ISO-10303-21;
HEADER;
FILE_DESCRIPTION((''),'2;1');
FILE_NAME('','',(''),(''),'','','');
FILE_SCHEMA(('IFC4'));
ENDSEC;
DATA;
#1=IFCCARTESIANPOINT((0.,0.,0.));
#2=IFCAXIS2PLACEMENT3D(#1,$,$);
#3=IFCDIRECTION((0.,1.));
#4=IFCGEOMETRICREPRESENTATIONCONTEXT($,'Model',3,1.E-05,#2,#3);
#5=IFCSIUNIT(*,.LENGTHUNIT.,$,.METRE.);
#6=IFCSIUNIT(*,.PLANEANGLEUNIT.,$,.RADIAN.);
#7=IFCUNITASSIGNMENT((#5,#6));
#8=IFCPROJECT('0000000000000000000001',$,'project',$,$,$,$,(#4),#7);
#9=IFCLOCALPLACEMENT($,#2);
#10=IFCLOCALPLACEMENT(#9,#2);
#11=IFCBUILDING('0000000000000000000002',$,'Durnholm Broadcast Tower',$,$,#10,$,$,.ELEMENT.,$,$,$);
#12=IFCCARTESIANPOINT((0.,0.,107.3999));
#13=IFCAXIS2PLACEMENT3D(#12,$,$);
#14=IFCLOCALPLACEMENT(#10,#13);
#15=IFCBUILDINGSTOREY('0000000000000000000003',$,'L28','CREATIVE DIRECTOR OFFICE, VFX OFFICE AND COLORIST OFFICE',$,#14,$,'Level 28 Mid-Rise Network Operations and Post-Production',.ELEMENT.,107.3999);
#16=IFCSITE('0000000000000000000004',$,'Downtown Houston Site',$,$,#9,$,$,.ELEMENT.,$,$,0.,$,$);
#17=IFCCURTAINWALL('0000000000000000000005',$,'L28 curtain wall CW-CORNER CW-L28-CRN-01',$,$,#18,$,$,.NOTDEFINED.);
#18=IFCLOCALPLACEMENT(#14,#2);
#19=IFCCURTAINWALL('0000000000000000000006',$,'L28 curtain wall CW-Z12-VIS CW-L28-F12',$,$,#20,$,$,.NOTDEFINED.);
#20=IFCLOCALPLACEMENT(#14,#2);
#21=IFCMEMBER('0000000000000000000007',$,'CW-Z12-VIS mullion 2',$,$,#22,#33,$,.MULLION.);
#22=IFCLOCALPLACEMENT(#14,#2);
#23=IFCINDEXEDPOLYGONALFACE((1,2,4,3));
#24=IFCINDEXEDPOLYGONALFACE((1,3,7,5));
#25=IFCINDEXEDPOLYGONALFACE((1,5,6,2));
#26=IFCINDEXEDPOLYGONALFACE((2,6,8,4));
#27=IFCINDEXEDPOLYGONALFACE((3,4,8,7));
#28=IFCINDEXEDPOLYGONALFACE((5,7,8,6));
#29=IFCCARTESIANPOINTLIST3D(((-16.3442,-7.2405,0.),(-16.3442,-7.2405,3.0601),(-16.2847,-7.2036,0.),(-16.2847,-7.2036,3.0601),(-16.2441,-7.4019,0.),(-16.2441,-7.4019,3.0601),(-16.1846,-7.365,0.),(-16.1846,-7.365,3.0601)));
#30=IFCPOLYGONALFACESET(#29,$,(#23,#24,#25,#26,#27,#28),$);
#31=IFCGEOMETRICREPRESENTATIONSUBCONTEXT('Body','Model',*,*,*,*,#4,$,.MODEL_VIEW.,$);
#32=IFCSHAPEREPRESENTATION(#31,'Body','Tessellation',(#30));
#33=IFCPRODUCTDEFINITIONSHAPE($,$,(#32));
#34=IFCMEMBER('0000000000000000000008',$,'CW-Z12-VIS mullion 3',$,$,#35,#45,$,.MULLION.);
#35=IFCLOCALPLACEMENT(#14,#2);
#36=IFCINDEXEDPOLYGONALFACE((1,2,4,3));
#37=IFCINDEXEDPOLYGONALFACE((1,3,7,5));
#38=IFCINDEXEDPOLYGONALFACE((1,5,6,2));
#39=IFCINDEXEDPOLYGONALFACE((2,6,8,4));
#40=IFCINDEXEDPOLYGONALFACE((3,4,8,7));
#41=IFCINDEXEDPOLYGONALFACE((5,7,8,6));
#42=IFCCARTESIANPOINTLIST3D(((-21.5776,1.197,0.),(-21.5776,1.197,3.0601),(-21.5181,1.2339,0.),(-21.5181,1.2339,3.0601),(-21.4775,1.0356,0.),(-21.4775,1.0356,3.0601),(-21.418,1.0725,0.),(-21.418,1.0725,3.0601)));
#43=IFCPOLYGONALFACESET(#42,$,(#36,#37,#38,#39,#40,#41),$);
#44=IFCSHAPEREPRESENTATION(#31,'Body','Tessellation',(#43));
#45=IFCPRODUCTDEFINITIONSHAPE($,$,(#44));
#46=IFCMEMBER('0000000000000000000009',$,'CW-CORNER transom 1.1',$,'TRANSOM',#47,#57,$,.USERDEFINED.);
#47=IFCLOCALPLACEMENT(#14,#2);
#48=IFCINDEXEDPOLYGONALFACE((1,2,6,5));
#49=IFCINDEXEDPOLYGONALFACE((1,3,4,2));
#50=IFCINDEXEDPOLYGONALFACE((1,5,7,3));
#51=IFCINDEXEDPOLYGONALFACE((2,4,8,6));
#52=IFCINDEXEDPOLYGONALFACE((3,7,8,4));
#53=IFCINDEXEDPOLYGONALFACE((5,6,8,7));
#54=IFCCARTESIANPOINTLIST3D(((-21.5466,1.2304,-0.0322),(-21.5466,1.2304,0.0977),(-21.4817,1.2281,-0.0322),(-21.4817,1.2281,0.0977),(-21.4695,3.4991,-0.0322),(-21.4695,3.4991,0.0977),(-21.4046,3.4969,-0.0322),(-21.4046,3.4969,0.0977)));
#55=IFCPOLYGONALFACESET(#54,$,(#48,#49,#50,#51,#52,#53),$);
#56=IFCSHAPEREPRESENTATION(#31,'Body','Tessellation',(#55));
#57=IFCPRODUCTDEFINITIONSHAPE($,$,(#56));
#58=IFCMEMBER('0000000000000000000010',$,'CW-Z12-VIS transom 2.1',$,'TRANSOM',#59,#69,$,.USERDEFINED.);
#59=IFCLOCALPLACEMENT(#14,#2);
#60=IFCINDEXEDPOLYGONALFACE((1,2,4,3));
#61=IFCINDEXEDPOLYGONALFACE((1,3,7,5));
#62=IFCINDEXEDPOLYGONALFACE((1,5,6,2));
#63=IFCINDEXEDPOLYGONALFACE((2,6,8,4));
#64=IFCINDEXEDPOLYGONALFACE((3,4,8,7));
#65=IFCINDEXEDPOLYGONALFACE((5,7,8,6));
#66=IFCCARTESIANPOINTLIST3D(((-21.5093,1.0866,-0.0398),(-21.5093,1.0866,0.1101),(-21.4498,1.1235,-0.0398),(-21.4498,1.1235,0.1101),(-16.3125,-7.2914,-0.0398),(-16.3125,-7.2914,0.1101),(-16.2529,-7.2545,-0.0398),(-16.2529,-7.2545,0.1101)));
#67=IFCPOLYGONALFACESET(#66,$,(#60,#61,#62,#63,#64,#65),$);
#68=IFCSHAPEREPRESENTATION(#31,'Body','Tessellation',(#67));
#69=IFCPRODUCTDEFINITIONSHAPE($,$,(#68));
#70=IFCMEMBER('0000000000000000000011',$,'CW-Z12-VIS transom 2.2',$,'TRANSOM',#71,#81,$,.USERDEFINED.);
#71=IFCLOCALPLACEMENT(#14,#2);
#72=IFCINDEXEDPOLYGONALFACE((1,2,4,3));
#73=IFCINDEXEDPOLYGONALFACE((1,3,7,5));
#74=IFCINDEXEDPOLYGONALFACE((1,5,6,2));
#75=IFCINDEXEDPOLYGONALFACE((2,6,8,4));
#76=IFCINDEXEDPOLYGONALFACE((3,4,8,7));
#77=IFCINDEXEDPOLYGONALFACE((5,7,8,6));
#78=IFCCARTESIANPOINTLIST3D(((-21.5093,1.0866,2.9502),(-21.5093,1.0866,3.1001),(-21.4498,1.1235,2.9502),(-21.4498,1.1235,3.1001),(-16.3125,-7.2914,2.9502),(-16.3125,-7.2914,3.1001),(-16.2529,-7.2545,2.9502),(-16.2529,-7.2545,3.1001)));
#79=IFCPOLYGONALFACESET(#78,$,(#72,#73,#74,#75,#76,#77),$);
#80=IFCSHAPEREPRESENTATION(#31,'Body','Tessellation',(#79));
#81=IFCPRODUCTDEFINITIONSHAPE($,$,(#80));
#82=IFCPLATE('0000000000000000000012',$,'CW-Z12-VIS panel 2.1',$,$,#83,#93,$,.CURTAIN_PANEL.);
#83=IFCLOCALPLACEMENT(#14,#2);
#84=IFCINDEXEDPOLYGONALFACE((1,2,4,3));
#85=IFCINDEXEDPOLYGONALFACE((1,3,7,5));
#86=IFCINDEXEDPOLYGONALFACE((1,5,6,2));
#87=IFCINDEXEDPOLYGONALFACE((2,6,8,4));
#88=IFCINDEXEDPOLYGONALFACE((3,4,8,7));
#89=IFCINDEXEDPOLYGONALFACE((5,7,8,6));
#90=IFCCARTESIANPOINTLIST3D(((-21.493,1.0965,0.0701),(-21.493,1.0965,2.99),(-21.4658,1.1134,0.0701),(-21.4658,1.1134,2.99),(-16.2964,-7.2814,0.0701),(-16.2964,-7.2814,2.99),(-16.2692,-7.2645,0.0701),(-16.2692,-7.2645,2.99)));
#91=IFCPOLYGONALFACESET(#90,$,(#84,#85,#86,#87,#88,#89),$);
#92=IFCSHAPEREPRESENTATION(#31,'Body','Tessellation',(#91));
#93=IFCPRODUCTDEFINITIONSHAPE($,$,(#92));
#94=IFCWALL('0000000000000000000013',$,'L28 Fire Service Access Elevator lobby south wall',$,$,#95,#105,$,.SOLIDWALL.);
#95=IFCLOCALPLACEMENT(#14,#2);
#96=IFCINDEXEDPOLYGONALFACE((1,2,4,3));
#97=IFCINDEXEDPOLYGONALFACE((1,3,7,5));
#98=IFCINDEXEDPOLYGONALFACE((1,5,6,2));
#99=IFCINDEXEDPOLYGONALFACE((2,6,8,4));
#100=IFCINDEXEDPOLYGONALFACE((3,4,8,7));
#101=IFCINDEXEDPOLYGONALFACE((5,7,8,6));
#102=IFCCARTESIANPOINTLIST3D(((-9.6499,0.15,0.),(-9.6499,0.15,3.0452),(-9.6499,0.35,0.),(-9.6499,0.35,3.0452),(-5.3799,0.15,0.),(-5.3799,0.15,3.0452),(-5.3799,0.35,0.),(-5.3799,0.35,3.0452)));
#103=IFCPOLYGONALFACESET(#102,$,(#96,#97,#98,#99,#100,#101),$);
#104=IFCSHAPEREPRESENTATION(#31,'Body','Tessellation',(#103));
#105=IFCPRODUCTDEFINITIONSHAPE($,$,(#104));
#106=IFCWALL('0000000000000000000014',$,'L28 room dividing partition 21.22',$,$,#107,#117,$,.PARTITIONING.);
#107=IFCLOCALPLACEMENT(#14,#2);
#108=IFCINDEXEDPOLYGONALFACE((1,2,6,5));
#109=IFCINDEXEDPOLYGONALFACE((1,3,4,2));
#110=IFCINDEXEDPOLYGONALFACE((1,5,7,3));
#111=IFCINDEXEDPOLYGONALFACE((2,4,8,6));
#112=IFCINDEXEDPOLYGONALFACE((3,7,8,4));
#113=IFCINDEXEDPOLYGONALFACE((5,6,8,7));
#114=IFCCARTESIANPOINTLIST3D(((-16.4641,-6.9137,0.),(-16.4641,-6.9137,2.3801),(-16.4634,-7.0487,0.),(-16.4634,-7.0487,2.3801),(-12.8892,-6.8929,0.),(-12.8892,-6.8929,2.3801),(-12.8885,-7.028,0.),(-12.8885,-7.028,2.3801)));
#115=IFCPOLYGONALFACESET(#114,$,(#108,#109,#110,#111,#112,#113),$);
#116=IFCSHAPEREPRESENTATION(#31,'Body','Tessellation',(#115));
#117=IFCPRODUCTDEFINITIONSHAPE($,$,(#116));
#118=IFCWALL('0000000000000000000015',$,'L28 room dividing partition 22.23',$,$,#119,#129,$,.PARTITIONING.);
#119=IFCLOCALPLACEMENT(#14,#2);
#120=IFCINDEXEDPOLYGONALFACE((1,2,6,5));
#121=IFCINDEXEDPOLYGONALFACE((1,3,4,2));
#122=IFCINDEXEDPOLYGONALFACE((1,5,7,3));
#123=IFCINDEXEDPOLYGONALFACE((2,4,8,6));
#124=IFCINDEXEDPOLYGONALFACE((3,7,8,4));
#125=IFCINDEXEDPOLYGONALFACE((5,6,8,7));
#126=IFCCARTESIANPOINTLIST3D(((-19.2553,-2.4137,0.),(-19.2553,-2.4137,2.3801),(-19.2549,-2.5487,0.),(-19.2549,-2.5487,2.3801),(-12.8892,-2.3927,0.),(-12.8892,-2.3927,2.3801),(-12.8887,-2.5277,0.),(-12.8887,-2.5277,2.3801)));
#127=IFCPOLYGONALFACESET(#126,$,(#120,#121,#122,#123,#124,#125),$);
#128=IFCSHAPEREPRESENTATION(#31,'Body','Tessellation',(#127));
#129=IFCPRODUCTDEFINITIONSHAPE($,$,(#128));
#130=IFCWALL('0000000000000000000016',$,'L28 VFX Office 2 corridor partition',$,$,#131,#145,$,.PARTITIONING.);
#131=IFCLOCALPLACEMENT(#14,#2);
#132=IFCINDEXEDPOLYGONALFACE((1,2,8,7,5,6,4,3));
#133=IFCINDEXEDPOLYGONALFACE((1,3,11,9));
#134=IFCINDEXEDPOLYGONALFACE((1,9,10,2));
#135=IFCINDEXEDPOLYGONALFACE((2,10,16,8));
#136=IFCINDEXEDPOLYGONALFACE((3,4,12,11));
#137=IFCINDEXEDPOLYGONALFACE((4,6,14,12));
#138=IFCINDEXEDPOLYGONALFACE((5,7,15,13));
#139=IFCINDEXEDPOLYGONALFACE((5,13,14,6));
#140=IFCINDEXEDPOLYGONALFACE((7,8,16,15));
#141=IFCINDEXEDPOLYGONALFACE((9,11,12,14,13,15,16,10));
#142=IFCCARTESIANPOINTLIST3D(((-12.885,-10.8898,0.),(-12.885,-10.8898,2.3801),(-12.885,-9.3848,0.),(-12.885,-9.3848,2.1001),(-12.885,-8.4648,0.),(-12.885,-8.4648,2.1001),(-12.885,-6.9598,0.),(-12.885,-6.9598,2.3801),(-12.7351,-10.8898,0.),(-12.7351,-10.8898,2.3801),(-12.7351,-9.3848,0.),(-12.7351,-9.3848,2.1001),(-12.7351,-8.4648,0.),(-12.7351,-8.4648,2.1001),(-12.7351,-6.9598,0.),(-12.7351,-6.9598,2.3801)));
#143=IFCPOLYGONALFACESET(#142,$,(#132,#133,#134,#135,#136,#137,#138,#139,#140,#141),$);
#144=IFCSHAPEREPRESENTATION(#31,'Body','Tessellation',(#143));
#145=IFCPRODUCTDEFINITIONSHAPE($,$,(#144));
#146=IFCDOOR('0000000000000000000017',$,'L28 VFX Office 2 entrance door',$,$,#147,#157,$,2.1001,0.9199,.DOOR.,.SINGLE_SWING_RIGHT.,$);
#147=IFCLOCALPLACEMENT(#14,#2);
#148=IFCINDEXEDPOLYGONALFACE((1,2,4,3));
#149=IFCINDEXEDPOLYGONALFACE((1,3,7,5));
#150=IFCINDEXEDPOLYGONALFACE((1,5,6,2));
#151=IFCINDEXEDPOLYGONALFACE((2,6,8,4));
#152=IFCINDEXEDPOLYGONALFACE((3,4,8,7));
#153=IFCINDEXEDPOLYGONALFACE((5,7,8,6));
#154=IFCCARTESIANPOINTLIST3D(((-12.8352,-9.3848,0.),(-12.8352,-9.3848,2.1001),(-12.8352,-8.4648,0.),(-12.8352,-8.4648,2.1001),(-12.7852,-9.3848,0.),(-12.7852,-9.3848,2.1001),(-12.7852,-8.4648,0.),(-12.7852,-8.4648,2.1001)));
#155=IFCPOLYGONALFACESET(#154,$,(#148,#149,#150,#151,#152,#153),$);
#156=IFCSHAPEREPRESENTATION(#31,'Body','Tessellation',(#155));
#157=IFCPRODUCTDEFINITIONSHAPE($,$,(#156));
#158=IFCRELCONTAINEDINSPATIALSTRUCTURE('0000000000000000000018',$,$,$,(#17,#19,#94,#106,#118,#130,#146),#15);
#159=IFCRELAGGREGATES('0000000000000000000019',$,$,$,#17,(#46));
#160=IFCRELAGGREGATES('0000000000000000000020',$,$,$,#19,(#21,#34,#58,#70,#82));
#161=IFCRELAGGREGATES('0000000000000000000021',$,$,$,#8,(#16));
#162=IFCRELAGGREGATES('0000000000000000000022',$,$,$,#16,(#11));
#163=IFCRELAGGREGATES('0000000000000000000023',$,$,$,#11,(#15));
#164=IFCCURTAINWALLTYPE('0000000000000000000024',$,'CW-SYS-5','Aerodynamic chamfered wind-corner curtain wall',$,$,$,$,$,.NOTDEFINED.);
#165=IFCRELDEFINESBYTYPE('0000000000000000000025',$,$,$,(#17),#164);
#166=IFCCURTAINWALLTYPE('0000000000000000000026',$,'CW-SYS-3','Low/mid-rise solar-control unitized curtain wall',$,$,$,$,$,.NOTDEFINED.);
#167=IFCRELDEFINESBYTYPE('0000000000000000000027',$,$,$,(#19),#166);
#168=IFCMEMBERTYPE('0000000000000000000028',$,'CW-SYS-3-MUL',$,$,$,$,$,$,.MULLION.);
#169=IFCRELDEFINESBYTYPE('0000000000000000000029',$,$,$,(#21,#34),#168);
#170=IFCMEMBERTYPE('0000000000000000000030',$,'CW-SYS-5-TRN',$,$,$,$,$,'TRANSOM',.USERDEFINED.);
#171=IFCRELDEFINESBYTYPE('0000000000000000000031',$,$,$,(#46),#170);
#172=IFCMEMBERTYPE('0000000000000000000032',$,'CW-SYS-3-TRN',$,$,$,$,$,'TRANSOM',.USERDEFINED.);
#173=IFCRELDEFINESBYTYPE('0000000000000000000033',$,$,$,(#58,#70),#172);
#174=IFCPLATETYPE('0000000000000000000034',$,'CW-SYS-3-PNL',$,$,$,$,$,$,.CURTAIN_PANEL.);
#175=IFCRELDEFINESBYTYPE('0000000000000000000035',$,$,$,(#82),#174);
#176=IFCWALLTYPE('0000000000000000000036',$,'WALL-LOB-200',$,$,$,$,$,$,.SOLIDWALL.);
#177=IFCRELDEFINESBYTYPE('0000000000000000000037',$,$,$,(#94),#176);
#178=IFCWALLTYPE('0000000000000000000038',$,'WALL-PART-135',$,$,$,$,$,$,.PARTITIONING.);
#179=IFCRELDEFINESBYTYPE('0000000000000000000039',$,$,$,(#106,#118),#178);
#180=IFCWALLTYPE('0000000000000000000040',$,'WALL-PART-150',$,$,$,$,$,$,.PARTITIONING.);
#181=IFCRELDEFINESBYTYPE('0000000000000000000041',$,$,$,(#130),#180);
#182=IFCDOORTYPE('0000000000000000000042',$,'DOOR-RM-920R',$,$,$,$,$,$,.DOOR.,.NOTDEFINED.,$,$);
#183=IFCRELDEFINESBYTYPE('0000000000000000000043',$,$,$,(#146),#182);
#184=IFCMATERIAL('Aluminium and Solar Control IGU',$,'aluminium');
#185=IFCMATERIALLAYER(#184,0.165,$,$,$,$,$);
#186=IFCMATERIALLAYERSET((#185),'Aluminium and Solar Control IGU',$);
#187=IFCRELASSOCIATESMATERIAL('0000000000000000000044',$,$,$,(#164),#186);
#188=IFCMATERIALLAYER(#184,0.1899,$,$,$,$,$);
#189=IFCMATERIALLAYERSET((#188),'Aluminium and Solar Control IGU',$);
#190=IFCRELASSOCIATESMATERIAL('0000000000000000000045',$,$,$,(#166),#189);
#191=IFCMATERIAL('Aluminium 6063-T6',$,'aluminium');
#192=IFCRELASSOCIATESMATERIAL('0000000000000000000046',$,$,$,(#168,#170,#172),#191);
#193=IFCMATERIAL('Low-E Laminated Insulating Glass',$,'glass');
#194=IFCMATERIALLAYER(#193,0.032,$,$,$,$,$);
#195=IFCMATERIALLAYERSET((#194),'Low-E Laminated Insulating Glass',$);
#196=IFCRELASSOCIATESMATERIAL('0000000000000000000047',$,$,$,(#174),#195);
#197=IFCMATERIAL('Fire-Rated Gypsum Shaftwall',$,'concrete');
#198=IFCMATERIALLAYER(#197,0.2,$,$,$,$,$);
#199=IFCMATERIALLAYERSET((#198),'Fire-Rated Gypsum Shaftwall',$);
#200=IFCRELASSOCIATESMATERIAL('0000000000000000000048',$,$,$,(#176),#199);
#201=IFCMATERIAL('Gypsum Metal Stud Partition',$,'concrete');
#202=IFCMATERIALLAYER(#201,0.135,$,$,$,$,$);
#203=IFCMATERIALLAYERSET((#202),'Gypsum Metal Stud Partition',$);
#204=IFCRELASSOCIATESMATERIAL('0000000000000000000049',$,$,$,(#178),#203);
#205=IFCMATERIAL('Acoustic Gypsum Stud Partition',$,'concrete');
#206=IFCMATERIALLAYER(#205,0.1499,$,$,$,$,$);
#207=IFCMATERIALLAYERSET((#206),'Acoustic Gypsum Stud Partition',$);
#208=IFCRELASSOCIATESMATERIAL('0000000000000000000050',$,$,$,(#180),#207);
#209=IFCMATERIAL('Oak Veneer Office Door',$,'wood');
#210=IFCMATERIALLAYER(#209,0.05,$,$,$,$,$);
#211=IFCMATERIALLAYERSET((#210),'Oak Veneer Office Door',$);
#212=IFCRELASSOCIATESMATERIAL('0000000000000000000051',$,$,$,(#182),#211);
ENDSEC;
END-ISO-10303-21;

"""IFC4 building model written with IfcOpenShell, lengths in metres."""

from ifc_helpers import new_model, si_unit, direction, frame, frame_2d, origin, origin_2d, place, context, subcontext, project, spatial, rectangle, extrude, source, transform, mapped, material, layer, layer_set, material_profile, profile_set, type_object, type_shapes, element, fill, aggregate, save


model = new_model("IFC4")

# Units and contexts
model_context = context("Model", 3, precision=1e-05, world=origin(), true_north=direction((0.0, 1.0)))
body_context = subcontext(model_context, "Body", "Model", "MODEL_VIEW")
ifc_project = project(units=[si_unit("LENGTHUNIT", "METRE"), si_unit("PLANEANGLEUNIT", "RADIAN")], contexts=[model_context])

# Site, building, storey
site_placement = place(None, origin())
site = spatial("IfcSite", under=ifc_project, at=site_placement, Name="Downtown Houston Site", CompositionType="ELEMENT", RefElevation=0.0)
building_placement = place(site_placement, origin())
building = spatial("IfcBuilding", under=site, at=building_placement, Name="Durnholm Broadcast Tower", CompositionType="ELEMENT")
storey_placement = place(building_placement, frame((0.0, 0.0, 107.3999)))
storey = spatial("IfcBuildingStorey", under=building, at=storey_placement, Name="L28", Description="CREATIVE DIRECTOR OFFICE, VFX OFFICE AND COLORIST OFFICE", LongName="Level 28 Mid-Rise Network Operations and Post-Production", CompositionType="ELEMENT", Elevation=107.3999)

# Curtain wall
ifc_material_1 = material(Name="Aluminium and Solar Control IGU", Category="aluminium")
ifc_layer_1 = layer(ifc_material_1, 0.165)
ifc_layer_set_1 = layer_set([ifc_layer_1], Name="Aluminium and Solar Control IGU")
curtain_wall_type_1 = type_object("IfcCurtainWallType", Name="CW-SYS-5", Description="Aerodynamic chamfered wind-corner curtain wall", PredefinedType="NOTDEFINED", material=ifc_layer_set_1)
curtain_wall_1_placement = place(storey_placement, origin())
curtain_wall_1 = element("IfcCurtainWall", 1, at=curtain_wall_1_placement, inside=storey, type_object=curtain_wall_type_1, Name="L28 curtain wall CW-CORNER CW-L28-CRN-01", PredefinedType="NOTDEFINED")
ifc_material_2 = material(Name="Aluminium 6063-T6", Category="aluminium")

# Curtain wall, members
ifc_layer_2 = layer(ifc_material_1, 0.1899)
ifc_layer_set_2 = layer_set([ifc_layer_2], Name="Aluminium and Solar Control IGU")
curtain_wall_type_2 = type_object("IfcCurtainWallType", Name="CW-SYS-3", Description="Low/mid-rise solar-control unitized curtain wall", PredefinedType="NOTDEFINED", material=ifc_layer_set_2)
curtain_wall_2_placement = place(storey_placement, origin())
curtain_wall_2 = element("IfcCurtainWall", 2, at=curtain_wall_2_placement, inside=storey, type_object=curtain_wall_type_2, Name="L28 curtain wall CW-Z12-VIS CW-L28-F12", PredefinedType="NOTDEFINED")
ifc_material_profile_1 = material_profile(ifc_material_2, rectangle(XDim=0.0701, YDim=0.1899, at=origin_2d()), Name="CWM70X190")
ifc_profile_set_1 = profile_set([ifc_material_profile_1], Name="Aluminium 6063-T6")
member_type_1 = type_object("IfcMemberType", Name="CW-SYS-3-MUL", PredefinedType="MULLION", material=ifc_profile_set_1)
shared_shape_1 = source(origin(), body_context, "Body", "SweptSolid", [
    extrude(rectangle(XDim=0.0701, YDim=0.1899, at=origin_2d()), origin(), (0.0, 0.0, 1.0), 3.0601),
])
type_shapes(member_type_1, [shared_shape_1])
member_1_placement = place(storey_placement, frame((-16.2644, -7.3027, 0.0), z_axis=(0.0, 0.0, 1.0), x_axis=(-0.8498, -0.527105, 0.0)))
member_1 = element("IfcMember", 3, at=member_1_placement, type_object=member_type_1, Name="CW-Z12-VIS mullion 2", PredefinedType="MULLION", context=body_context, shape_type="MappedRepresentation", body=[
    mapped(shared_shape_1, transform((0.0, 0.0, 0.0), x_axis=(1.0, 0.0, 0.0), y_axis=(0.0, 1.0, 0.0), z_axis=(0.0, 0.0, 1.0), scale=1.0)),
])
member_2_placement = place(storey_placement, frame((-21.4978, 1.1348, 0.0), z_axis=(0.0, 0.0, 1.0), x_axis=(-0.8498, -0.527105, 0.0)))
member_2 = element("IfcMember", 4, at=member_2_placement, type_object=member_type_1, Name="CW-Z12-VIS mullion 3", PredefinedType="MULLION", context=body_context, shape_type="MappedRepresentation", body=[
    mapped(shared_shape_1, transform((0.0, 0.0, 0.0), x_axis=(1.0, 0.0, 0.0), y_axis=(0.0, 1.0, 0.0), z_axis=(0.0, 0.0, 1.0), scale=1.0)),
])

# Members
ifc_material_profile_2 = material_profile(ifc_material_2, rectangle(XDim=0.0649, YDim=0.1299, at=origin_2d()), Name="CWT65X130")
ifc_profile_set_2 = profile_set([ifc_material_profile_2], Name="Aluminium 6063-T6")
member_type_2 = type_object("IfcMemberType", Name="CW-SYS-5-TRN", ElementType="TRANSOM", PredefinedType="USERDEFINED", material=ifc_profile_set_2)
shared_shape_2 = source(origin(), body_context, "Body", "SweptSolid", [
    extrude(rectangle(XDim=0.0649, YDim=0.1299, at=origin_2d()), origin(), (0.0, 0.0, 1.0), 2.27),
])
type_shapes(member_type_2, [shared_shape_2])
member_3_placement = place(storey_placement, frame((-21.5142, 1.2292, 0.0327), z_axis=(0.033984, 0.999422, 0.0), x_axis=(-0.999422, 0.033984, 0.0)))
member_3 = element("IfcMember", 5, at=member_3_placement, type_object=member_type_2, Name="CW-CORNER transom 1.1", ObjectType="TRANSOM", PredefinedType="USERDEFINED", context=body_context, shape_type="MappedRepresentation", body=[
    mapped(shared_shape_2, transform((0.0, 0.0, 0.0), x_axis=(1.0, 0.0, 0.0), y_axis=(0.0, 1.0, 0.0), z_axis=(0.0, 0.0, 1.0), scale=1.0)),
])
aggregate(curtain_wall_1, [member_3])
ifc_material_profile_3 = material_profile(ifc_material_2, rectangle(XDim=0.0701, YDim=0.1499, at=origin_2d()), Name="CWT70X150")
ifc_profile_set_3 = profile_set([ifc_material_profile_3], Name="Aluminium 6063-T6")
member_type_3 = type_object("IfcMemberType", Name="CW-SYS-3-TRN", ElementType="TRANSOM", PredefinedType="USERDEFINED", material=ifc_profile_set_3)
shared_shape_3 = source(origin(), body_context, "Body", "SweptSolid", [
    extrude(rectangle(XDim=0.0701, YDim=0.1499, at=origin_2d()), origin(), (0.0, 0.0, 1.0), 9.8589),
])
type_shapes(member_type_3, [shared_shape_3])
member_4_placement = place(storey_placement, frame((-16.2827, -7.2729, 0.0352), z_axis=(-0.52712, 0.849791, 0.0), x_axis=(-0.849791, -0.52712, 0.0)))
member_4 = element("IfcMember", 6, at=member_4_placement, type_object=member_type_3, Name="CW-Z12-VIS transom 2.1", ObjectType="TRANSOM", PredefinedType="USERDEFINED", context=body_context, shape_type="MappedRepresentation", body=[
    mapped(shared_shape_3, transform((0.0, 0.0, 0.0), x_axis=(1.0, 0.0, 0.0), y_axis=(0.0, 1.0, 0.0), z_axis=(0.0, 0.0, 1.0), scale=1.0)),
])
member_5_placement = place(storey_placement, frame((-16.2827, -7.2729, 3.0251), z_axis=(-0.52712, 0.849791, 0.0), x_axis=(-0.849791, -0.52712, 0.0)))
member_5 = element("IfcMember", 7, at=member_5_placement, type_object=member_type_3, Name="CW-Z12-VIS transom 2.2", ObjectType="TRANSOM", PredefinedType="USERDEFINED", context=body_context, shape_type="MappedRepresentation", body=[
    mapped(shared_shape_3, transform((0.0, 0.0, 0.0), x_axis=(1.0, 0.0, 0.0), y_axis=(0.0, 1.0, 0.0), z_axis=(0.0, 0.0, 1.0), scale=1.0)),
])

# Plate
ifc_material_3 = material(Name="Low-E Laminated Insulating Glass", Category="glass")
ifc_layer_3 = layer(ifc_material_3, 0.032)
ifc_layer_set_3 = layer_set([ifc_layer_3], Name="Low-E Laminated Insulating Glass")
plate_type = type_object("IfcPlateType", Name="CW-SYS-3-PNL", PredefinedType="CURTAIN_PANEL", material=ifc_layer_set_3)
shared_shape_4 = source(origin(), body_context, "Body", "SweptSolid", [
    extrude(rectangle(XDim=9.8586, YDim=0.032, at=origin_2d()), origin(), (0.0, 0.0, 1.0), 2.9199),
])
type_shapes(plate_type, [shared_shape_4])
plate_placement = place(storey_placement, frame((-18.8811, -3.084, 0.0701), z_axis=(0.0, 0.0, 1.0), x_axis=(-0.527105, 0.8498, 0.0)))
plate = element("IfcPlate", 8, at=plate_placement, type_object=plate_type, Name="CW-Z12-VIS panel 2.1", PredefinedType="CURTAIN_PANEL", context=body_context, shape_type="MappedRepresentation", body=[
    mapped(shared_shape_4, transform((0.0, 0.0, 0.0), x_axis=(1.0, 0.0, 0.0), y_axis=(0.0, 1.0, 0.0), z_axis=(0.0, 0.0, 1.0), scale=1.0)),
])
aggregate(curtain_wall_2, [member_1, member_2, member_4, member_5, plate])

# Walls
ifc_material_4 = material(Name="Fire-Rated Gypsum Shaftwall", Category="concrete")
ifc_layer_4 = layer(ifc_material_4, 0.2)
ifc_layer_set_4 = layer_set([ifc_layer_4], Name="Fire-Rated Gypsum Shaftwall")
wall_type_1 = type_object("IfcWallType", Name="WALL-LOB-200", PredefinedType="SOLIDWALL", material=ifc_layer_set_4)
wall_1_placement = place(storey_placement, frame((-9.6499, 0.25, 0.0), z_axis=(0.0, 0.0, 1.0), x_axis=(1.0, 0.0, 0.0)))
element("IfcWall", 9, at=wall_1_placement, inside=storey, type_object=wall_type_1, Name="L28 Fire Service Access Elevator lobby south wall", PredefinedType="SOLIDWALL", context=body_context, shape_type="SweptSolid", body=[
    extrude(rectangle(XDim=4.27, YDim=0.2, at=frame_2d((2.135, 0.0))), origin(), (0.0, 0.0, 1.0), 3.0452),
])
ifc_material_5 = material(Name="Gypsum Metal Stud Partition", Category="concrete")
ifc_layer_5 = layer(ifc_material_5, 0.135)
ifc_layer_set_5 = layer_set([ifc_layer_5], Name="Gypsum Metal Stud Partition")
wall_type_2 = type_object("IfcWallType", Name="WALL-PART-135", PredefinedType="PARTITIONING", material=ifc_layer_set_5)
wall_2_placement = place(storey_placement, frame((-16.4639, -6.9812, 0.0), z_axis=(0.0, 0.0, 1.0), x_axis=(0.999983, 0.005805, 0.0)))
element("IfcWall", 10, at=wall_2_placement, inside=storey, type_object=wall_type_2, Name="L28 room dividing partition 21.22", PredefinedType="PARTITIONING", context=body_context, shape_type="SweptSolid", body=[
    extrude(rectangle(XDim=3.575, YDim=0.135, at=frame_2d((1.7876, 0.0))), origin(), (0.0, 0.0, 1.0), 2.3801),
])
wall_3_placement = place(storey_placement, frame((-19.2551, -2.4812, 0.0), z_axis=(0.0, 0.0, 1.0), x_axis=(0.999995, 0.003298, 0.0)))
element("IfcWall", 11, at=wall_3_placement, inside=storey, type_object=wall_type_2, Name="L28 room dividing partition 22.23", PredefinedType="PARTITIONING", context=body_context, shape_type="SweptSolid", body=[
    extrude(rectangle(XDim=6.3662, YDim=0.135, at=frame_2d((3.1831, 0.0))), origin(), (0.0, 0.0, 1.0), 2.3801),
])

# Wall, opening, door
ifc_material_6 = material(Name="Acoustic Gypsum Stud Partition", Category="concrete")
ifc_layer_6 = layer(ifc_material_6, 0.1499)
ifc_layer_set_6 = layer_set([ifc_layer_6], Name="Acoustic Gypsum Stud Partition")
wall_type_3 = type_object("IfcWallType", Name="WALL-PART-150", PredefinedType="PARTITIONING", material=ifc_layer_set_6)
wall_4_placement = place(storey_placement, frame((-12.8101, -6.96, 0.0), z_axis=(0.0, 0.0, 1.0), x_axis=(0.0, -1.0, 0.0)))
wall_4 = element("IfcWall", 12, at=wall_4_placement, inside=storey, type_object=wall_type_3, Name="L28 VFX Office 2 corridor partition", PredefinedType="PARTITIONING", context=body_context, shape_type="SweptSolid", body=[
    extrude(rectangle(XDim=3.9299, YDim=0.1499, at=frame_2d((1.9648, 0.0))), origin(), (0.0, 0.0, 1.0), 2.3801),
])
opening_1_placement = place(wall_4_placement, frame((1.5049, 0.0, 0.0)))
opening_1 = element("IfcOpeningElement", 13, at=opening_1_placement, cuts=wall_4, PredefinedType="OPENING", context=body_context, shape_type="SweptSolid", body=[
    extrude(rectangle(XDim=0.9199, YDim=2.1001, at=frame_2d((0.46, 1.05))), frame((0.0, 0.085, 0.0), z_axis=(0.0, -1.0, 0.0), x_axis=(1.0, 0.0, 0.0)), (0.0, 0.0, 1.0), 0.1699),
])
ifc_material_7 = material(Name="Oak Veneer Office Door", Category="wood")
ifc_layer_7 = layer(ifc_material_7, 0.05)
ifc_layer_set_7 = layer_set([ifc_layer_7], Name="Oak Veneer Office Door")
door_type_1 = type_object("IfcDoorType", Name="DOOR-RM-920R", OperationType="NOTDEFINED", PredefinedType="DOOR", material=ifc_layer_set_7)
shared_shape_5 = source(origin(), body_context, "Body", "SweptSolid", [
    extrude(rectangle(XDim=0.9199, YDim=2.1001, at=frame_2d((0.46, 1.05))), frame((0.0, 0.0249, 0.0), z_axis=(0.0, -1.0, 0.0), x_axis=(1.0, 0.0, 0.0)), (0.0, 0.0, 1.0), 0.05),
])
type_shapes(door_type_1, [shared_shape_5])
door_1_placement = place(opening_1_placement, origin())
door_1 = element("IfcDoor", 14, at=door_1_placement, inside=storey, type_object=door_type_1, Name="L28 VFX Office 2 entrance door", OperationType="SINGLE_SWING_RIGHT", OverallHeight=2.1001, OverallWidth=0.9199, PredefinedType="DOOR", context=body_context, shape_type="MappedRepresentation", body=[
    mapped(shared_shape_5, transform((0.0, 0.0, 0.0), x_axis=(1.0, 0.0, 0.0), y_axis=(0.0, 1.0, 0.0), z_axis=(0.0, 0.0, 1.0), scale=1.0)),
])
fill(opening_1, door_1)

save(model, "model.ifc")
